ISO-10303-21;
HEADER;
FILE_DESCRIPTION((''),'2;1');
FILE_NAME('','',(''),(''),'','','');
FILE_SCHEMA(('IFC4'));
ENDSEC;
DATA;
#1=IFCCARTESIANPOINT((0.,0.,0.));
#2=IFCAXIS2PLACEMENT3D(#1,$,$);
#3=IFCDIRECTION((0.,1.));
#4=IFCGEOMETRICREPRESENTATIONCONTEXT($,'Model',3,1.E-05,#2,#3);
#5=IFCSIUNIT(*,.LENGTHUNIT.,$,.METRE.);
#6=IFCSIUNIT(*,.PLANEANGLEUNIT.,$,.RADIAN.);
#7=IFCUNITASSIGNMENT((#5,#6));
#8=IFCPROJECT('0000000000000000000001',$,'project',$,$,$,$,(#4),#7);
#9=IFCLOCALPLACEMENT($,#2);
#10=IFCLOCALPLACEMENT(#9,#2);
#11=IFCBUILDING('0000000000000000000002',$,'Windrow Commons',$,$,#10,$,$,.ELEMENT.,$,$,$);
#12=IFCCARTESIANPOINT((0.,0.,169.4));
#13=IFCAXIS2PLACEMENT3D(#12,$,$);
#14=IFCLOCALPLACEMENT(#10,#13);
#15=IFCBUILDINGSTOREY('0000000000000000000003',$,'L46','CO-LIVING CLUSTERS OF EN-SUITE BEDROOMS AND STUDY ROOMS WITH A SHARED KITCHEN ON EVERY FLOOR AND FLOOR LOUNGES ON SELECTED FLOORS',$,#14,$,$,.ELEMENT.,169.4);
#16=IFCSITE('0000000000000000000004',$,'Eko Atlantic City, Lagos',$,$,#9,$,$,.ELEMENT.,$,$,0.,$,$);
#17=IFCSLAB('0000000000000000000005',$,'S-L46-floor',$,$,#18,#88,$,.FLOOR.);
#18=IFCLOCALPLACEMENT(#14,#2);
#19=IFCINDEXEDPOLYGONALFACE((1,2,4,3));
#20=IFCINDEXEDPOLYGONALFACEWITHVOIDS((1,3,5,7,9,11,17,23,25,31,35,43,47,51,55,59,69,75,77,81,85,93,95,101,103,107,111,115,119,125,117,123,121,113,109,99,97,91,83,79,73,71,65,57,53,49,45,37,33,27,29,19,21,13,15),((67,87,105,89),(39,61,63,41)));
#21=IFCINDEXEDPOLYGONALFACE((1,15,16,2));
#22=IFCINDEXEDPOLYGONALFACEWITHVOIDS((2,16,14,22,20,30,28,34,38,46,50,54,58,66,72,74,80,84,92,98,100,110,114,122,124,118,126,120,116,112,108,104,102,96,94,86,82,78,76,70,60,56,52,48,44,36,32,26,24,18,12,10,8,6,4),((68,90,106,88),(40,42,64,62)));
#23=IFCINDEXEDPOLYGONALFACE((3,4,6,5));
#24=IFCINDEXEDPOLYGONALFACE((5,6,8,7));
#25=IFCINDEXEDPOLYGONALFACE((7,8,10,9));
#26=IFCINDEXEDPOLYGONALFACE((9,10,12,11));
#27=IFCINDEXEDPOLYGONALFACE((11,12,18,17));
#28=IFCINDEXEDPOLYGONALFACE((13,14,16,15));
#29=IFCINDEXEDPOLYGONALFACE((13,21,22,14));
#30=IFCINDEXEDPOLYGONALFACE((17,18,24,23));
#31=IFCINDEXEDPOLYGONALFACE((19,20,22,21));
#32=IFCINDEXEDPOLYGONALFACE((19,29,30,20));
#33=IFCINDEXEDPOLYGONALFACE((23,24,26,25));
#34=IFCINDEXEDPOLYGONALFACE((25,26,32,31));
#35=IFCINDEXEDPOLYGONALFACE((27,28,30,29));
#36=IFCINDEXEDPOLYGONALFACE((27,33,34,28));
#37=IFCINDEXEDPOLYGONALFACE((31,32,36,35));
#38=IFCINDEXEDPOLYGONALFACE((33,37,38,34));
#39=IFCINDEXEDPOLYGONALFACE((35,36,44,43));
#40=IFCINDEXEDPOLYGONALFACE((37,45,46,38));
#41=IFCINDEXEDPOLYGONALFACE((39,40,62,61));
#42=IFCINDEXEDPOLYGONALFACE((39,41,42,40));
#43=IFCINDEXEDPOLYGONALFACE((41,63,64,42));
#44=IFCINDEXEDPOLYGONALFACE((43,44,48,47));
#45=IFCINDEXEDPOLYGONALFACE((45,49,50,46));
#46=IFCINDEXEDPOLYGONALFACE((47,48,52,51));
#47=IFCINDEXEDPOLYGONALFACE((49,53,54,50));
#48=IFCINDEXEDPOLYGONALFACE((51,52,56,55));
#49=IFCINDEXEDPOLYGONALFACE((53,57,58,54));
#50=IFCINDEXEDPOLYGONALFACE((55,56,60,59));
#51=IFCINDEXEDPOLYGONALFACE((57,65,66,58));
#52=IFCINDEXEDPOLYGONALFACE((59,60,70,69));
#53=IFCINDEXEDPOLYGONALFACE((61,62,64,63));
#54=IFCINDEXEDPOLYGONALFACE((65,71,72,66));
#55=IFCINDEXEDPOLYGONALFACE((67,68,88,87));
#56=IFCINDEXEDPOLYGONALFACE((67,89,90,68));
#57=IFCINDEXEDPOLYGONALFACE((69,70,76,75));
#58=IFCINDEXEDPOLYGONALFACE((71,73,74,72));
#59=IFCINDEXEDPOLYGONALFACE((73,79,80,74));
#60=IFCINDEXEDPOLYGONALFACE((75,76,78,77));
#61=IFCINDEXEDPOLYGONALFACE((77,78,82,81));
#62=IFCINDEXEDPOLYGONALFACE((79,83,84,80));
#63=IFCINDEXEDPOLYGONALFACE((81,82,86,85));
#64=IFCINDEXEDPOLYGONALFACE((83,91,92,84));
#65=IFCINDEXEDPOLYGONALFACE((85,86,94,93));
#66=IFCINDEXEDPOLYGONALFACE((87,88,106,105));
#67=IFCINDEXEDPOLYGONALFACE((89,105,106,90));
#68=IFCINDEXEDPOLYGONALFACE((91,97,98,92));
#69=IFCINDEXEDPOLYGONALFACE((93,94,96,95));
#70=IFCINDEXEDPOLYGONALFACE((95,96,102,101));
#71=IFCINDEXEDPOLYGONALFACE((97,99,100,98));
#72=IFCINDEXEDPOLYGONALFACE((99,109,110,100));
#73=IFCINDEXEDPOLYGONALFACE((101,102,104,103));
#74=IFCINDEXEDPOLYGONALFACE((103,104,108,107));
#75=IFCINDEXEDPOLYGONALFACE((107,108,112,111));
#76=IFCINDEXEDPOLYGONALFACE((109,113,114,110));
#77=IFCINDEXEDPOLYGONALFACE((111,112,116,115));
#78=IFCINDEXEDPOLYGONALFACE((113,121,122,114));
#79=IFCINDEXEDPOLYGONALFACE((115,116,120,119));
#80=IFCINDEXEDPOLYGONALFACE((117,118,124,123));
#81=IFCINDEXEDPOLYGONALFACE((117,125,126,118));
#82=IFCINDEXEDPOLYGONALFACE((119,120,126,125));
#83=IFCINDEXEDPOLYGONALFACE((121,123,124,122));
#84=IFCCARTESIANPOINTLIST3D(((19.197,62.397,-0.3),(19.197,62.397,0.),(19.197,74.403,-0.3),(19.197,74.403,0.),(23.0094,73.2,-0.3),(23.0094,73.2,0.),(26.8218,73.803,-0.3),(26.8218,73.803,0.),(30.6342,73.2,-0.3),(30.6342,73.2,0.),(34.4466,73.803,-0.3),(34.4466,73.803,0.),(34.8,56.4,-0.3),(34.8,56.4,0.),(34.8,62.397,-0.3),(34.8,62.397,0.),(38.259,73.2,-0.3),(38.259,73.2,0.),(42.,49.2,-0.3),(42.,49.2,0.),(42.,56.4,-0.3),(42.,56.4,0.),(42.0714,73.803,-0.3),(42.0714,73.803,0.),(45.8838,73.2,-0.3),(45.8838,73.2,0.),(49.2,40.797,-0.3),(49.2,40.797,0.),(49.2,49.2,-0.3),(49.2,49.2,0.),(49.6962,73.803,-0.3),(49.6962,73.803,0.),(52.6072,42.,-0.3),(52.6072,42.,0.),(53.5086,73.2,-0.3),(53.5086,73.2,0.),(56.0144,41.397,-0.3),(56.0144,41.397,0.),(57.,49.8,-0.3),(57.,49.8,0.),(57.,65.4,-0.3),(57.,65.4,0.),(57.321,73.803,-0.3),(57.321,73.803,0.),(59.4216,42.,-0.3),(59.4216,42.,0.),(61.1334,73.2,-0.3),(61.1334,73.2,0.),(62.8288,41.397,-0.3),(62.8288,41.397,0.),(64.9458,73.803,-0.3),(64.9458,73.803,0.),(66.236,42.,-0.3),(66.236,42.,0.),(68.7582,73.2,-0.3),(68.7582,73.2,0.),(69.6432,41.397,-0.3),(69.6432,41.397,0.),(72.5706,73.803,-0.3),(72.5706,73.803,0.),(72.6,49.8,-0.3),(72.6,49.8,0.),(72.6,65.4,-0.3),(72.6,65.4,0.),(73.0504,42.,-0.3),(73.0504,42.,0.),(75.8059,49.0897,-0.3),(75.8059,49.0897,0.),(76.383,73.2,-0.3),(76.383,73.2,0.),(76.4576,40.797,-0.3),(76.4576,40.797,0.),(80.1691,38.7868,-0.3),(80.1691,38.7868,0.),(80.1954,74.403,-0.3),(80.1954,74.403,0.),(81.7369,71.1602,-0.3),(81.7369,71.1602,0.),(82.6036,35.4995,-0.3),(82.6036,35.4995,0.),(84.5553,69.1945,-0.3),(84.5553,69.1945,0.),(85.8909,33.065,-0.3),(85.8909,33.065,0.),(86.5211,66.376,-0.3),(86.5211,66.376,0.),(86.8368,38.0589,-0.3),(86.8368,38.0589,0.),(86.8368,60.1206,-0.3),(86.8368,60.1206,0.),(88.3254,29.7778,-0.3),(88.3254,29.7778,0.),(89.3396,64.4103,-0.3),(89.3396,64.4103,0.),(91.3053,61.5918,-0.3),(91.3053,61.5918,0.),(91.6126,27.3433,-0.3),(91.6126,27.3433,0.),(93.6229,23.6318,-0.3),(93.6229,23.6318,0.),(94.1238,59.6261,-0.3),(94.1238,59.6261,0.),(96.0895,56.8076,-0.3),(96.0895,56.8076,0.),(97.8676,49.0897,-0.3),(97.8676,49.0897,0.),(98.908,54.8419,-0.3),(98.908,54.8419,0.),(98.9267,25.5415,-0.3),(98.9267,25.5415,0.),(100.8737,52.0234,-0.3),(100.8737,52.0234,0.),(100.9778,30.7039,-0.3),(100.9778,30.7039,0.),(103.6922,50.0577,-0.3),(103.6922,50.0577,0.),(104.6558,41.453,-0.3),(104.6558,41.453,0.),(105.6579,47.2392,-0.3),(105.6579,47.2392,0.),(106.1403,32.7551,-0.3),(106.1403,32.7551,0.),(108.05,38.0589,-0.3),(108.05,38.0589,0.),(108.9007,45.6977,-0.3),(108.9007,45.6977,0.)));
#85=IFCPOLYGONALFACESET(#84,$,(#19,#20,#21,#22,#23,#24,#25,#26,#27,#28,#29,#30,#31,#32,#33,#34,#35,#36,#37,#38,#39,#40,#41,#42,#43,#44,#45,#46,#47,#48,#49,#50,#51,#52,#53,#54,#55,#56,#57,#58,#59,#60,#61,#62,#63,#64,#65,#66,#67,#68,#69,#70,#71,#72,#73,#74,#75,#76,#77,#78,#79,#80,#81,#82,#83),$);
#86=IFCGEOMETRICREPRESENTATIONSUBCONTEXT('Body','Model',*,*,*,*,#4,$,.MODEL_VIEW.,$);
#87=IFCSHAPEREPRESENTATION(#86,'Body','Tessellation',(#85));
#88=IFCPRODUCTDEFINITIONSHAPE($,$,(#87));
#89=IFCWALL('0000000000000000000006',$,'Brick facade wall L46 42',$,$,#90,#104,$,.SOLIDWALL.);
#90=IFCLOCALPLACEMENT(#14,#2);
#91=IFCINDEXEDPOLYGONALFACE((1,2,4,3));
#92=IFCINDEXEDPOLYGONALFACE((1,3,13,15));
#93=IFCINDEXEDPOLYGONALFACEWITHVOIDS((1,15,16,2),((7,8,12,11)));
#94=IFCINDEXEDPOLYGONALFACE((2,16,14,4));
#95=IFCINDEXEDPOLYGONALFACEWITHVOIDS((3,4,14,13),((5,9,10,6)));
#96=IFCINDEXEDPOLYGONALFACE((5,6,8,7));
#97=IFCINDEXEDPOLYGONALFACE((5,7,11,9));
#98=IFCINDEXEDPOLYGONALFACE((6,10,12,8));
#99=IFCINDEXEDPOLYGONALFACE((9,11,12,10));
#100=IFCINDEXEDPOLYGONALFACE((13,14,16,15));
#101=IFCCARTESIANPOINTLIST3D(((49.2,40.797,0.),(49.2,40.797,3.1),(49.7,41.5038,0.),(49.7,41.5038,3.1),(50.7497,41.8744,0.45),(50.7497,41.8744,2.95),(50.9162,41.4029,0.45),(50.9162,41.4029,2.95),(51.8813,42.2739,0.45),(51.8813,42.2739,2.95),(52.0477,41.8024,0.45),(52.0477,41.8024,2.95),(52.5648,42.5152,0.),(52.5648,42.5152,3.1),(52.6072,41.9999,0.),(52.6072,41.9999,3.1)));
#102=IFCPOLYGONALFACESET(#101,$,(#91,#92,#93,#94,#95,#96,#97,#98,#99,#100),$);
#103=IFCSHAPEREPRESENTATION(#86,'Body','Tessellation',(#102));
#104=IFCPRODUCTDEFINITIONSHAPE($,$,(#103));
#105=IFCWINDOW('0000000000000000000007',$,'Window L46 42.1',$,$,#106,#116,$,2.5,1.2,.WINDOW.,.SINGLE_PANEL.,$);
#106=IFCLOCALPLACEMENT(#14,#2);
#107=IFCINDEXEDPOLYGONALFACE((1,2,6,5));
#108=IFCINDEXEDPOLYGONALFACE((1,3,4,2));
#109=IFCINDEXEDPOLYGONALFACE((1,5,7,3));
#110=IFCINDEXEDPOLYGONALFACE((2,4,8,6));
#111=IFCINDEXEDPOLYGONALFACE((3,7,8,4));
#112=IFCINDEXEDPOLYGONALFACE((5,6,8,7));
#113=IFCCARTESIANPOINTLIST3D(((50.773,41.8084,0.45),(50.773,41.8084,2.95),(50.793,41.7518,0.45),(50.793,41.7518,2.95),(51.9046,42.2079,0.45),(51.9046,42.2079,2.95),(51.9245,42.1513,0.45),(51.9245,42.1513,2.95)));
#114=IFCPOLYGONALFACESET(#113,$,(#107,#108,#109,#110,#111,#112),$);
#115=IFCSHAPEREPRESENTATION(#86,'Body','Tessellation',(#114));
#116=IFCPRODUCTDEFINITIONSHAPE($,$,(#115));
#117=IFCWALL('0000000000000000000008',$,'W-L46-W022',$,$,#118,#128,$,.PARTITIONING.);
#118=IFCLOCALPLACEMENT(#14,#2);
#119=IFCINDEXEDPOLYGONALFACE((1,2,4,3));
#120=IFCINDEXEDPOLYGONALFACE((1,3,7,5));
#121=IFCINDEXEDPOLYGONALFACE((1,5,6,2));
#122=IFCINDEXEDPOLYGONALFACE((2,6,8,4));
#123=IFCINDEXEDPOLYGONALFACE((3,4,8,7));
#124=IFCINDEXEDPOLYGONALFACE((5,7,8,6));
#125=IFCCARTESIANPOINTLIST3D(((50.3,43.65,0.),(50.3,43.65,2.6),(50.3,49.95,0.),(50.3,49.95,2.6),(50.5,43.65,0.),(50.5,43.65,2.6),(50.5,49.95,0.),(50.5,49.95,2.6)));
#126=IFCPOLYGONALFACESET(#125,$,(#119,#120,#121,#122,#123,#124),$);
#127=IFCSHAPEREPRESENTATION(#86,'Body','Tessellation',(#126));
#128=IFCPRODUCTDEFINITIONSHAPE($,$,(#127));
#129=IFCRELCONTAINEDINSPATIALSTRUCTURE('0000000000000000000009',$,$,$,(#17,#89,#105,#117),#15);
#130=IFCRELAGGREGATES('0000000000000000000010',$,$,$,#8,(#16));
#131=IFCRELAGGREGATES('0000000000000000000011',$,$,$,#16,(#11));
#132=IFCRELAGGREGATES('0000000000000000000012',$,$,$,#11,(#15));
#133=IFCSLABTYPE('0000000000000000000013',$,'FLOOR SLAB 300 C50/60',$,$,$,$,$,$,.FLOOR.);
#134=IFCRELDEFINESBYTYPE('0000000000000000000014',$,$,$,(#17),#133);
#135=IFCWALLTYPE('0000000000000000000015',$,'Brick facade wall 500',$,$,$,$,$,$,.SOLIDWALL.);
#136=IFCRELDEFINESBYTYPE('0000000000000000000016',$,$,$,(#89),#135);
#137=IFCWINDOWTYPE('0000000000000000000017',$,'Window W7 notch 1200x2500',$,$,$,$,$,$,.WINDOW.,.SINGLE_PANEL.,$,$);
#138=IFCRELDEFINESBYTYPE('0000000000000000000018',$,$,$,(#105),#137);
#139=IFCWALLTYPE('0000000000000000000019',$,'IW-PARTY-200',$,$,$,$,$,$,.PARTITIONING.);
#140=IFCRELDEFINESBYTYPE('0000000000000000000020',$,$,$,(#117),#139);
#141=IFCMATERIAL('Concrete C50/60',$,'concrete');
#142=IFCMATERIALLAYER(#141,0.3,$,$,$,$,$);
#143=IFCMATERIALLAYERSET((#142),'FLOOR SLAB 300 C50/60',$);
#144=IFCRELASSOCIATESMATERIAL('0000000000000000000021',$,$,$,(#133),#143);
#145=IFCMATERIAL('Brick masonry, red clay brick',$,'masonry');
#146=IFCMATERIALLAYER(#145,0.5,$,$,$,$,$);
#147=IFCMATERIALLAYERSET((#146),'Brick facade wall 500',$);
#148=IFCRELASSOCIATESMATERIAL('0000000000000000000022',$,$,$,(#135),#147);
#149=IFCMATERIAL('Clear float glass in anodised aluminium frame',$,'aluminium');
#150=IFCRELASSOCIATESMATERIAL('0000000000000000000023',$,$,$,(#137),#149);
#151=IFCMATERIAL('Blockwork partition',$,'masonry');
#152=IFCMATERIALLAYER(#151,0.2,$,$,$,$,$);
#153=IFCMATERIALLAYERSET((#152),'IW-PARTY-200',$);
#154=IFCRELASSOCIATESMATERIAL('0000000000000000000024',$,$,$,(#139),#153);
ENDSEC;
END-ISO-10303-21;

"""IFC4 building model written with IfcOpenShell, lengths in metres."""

from ifc_helpers import new_model, si_unit, direction, frame, frame_2d, origin, place, context, subcontext, project, spatial, polyline, rectangle, outline, extrude, material, layer, layer_set, type_object, element, fill, save


model = new_model("IFC4")

# Units and contexts
model_context = context("Model", 3, precision=1e-05, world=origin(), true_north=direction((0.0, 1.0)))
body_context = subcontext(model_context, "Body", "Model", "MODEL_VIEW")
ifc_project = project(units=[si_unit("LENGTHUNIT", "METRE"), si_unit("PLANEANGLEUNIT", "RADIAN")], contexts=[model_context])

# Site, building, storey
site_placement = place(None, origin())
site = spatial("IfcSite", under=ifc_project, at=site_placement, Name="Eko Atlantic City, Lagos", CompositionType="ELEMENT", RefElevation=0.0)
building_placement = place(site_placement, origin())
building = spatial("IfcBuilding", under=site, at=building_placement, Name="Windrow Commons", CompositionType="ELEMENT")
storey_placement = place(building_placement, frame((0.0, 0.0, 169.4)))
storey = spatial("IfcBuildingStorey", under=building, at=storey_placement, Name="L46", Description="CO-LIVING CLUSTERS OF EN-SUITE BEDROOMS AND STUDY ROOMS WITH A SHARED KITCHEN ON EVERY FLOOR AND FLOOR LOUNGES ON SELECTED FLOORS", CompositionType="ELEMENT", Elevation=169.4)

# Shared definitions
placement_1 = place(storey_placement, frame((0.0, 0.0, -0.3)))

# Slab, openings
ifc_material_1 = material(Name="Concrete C50/60", Category="concrete")
ifc_layer_1 = layer(ifc_material_1, 0.3)
ifc_layer_set_1 = layer_set([ifc_layer_1], Name="FLOOR SLAB 300 C50/60")
slab_type_1 = type_object("IfcSlabType", Name="FLOOR SLAB 300 C50/60", PredefinedType="FLOOR", material=ifc_layer_set_1)
slab_1 = element("IfcSlab", 1, at=placement_1, inside=storey, type_object=slab_type_1, Name="S-L46-floor", PredefinedType="FLOOR", context=body_context, shape_type="SweptSolid", body=[
    extrude(outline(polyline([(91.6126, 27.3433), (93.6229, 23.6318), (98.9267, 25.5415), (100.9778, 30.7039), (106.1403, 32.7551), (108.05, 38.0589), (104.6558, 41.453), (108.9007, 45.6977), (105.6579, 47.2392), (103.6922, 50.0577), (100.8737, 52.0234), (98.908, 54.8419), (96.0895, 56.8076), (94.1238, 59.6261), (91.3053, 61.5918), (89.3396, 64.4103), (86.5211, 66.376), (84.5553, 69.1945), (81.7369, 71.1602), (80.1954, 74.403), (76.383, 73.2), (72.5706, 73.803), (68.7582, 73.2), (64.9458, 73.803), (61.1334, 73.2), (57.321, 73.803), (53.5086, 73.2), (49.6962, 73.803), (45.8838, 73.2), (42.0714, 73.803), (38.259, 73.2), (34.4466, 73.803), (30.6342, 73.2), (26.8218, 73.803), (23.0094, 73.2), (19.197, 74.403), (19.197, 62.397), (34.8, 62.397), (34.8, 56.4), (42.0, 56.4), (42.0, 49.2), (49.2, 49.2), (49.2, 40.797), (52.6072, 42.0), (56.0144, 41.397), (59.4216, 42.0), (62.8288, 41.397), (66.236, 42.0), (69.6432, 41.397), (73.0504, 42.0), (76.4576, 40.797), (80.1691, 38.7868), (82.6036, 35.4995), (85.8909, 33.065), (88.3254, 29.7778), (91.6126, 27.3433)]), holes=[polyline([(75.8059, 49.0897), (86.8368, 60.1206), (97.8676, 49.0897), (86.8368, 38.0589), (75.8059, 49.0897)]), polyline([(57.0, 49.8), (57.0, 65.4), (72.6, 65.4), (72.6, 49.8), (57.0, 49.8)])]), origin(), (0.0, 0.0, 1.0), 0.3),
])
opening_1_placement = place(placement_1, origin())
element("IfcOpeningElement", 2, at=opening_1_placement, cuts=slab_1, PredefinedType="OPENING", context=body_context, shape_type="SweptSolid", body=[
    extrude(outline(polyline([(75.813, 49.0897), (86.8368, 60.1135), (97.8605, 49.0897), (86.8368, 38.066), (75.813, 49.0897)])), origin(), (0.0, 0.0, 1.0), 0.3),
])
opening_2_placement = place(placement_1, origin())
element("IfcOpeningElement", 3, at=opening_2_placement, cuts=slab_1, PredefinedType="OPENING", context=body_context, shape_type="SweptSolid", body=[
    extrude(outline(polyline([(57.005, 49.805), (57.005, 65.395), (72.595, 65.395), (72.595, 49.805), (57.005, 49.805)])), origin(), (0.0, 0.0, 1.0), 0.3),
])

# Wall, opening, window
ifc_material_2 = material(Name="Brick masonry, red clay brick", Category="masonry")
ifc_layer_2 = layer(ifc_material_2, 0.5)
ifc_layer_set_2 = layer_set([ifc_layer_2], Name="Brick facade wall 500")
wall_type_1 = type_object("IfcWallType", Name="Brick facade wall 500", PredefinedType="SOLIDWALL", material=ifc_layer_set_2)
wall_1_placement = place(storey_placement, frame((49.45, 41.1504, 0.0), z_axis=(0.0, 0.0, 1.0), x_axis=(0.942955, 0.332921, 0.0)))
wall_1 = element("IfcWall", 4, at=wall_1_placement, inside=storey, type_object=wall_type_1, Name="Brick facade wall L46 42", PredefinedType="SOLIDWALL", context=body_context, shape_type="SweptSolid", body=[
    extrude(outline(polyline([(-0.3534, -0.25), (3.2599, -0.25), (3.3915, 0.25), (0.3534, 0.25), (-0.3534, -0.25)])), origin(), (0.0, 0.0, 1.0), 3.1),
])
opening_3_placement = place(wall_1_placement, frame((1.4666, 0.0, 0.45)))
opening_3 = element("IfcOpeningElement", 5, at=opening_3_placement, cuts=wall_1, PredefinedType="OPENING", context=body_context, shape_type="SweptSolid", body=[
    extrude(rectangle(XDim=1.2, YDim=2.5, at=frame_2d((0.6, 1.25))), frame((0.0, 0.26, 0.0), z_axis=(0.0, -1.0, 0.0), x_axis=(1.0, 0.0, 0.0)), (0.0, 0.0, 1.0), 0.52),
])
ifc_material_3 = material(Name="Clear float glass in anodised aluminium frame", Category="aluminium")
window_type = type_object("IfcWindowType", Name="Window W7 notch 1200x2500", PartitioningType="SINGLE_PANEL", PredefinedType="WINDOW", material=ifc_material_3)
window_placement = place(opening_3_placement, origin())
window = element("IfcWindow", 6, at=window_placement, inside=storey, type_object=window_type, Name="Window L46 42.1", OverallHeight=2.5, OverallWidth=1.2, PartitioningType="SINGLE_PANEL", PredefinedType="WINDOW", context=body_context, shape_type="SweptSolid", body=[
    extrude(rectangle(XDim=1.2, YDim=2.5, at=frame_2d((0.6, 1.25))), frame((0.0, 0.18, 0.0), z_axis=(0.0, -1.0, 0.0), x_axis=(1.0, 0.0, 0.0)), (0.0, 0.0, 1.0), 0.06),
])
fill(opening_3, window)

# Wall
ifc_material_4 = material(Name="Blockwork partition", Category="masonry")
ifc_layer_3 = layer(ifc_material_4, 0.2)
ifc_layer_set_3 = layer_set([ifc_layer_3], Name="IW-PARTY-200")
wall_type_2 = type_object("IfcWallType", Name="IW-PARTY-200", PredefinedType="PARTITIONING", material=ifc_layer_set_3)
wall_2_placement = place(storey_placement, frame((50.4, 43.65, 0.0), z_axis=(0.0, 0.0, 1.0), x_axis=(0.0, 1.0, 0.0)))
element("IfcWall", 7, at=wall_2_placement, inside=storey, type_object=wall_type_2, Name="W-L46-W022", PredefinedType="PARTITIONING", context=body_context, shape_type="SweptSolid", body=[
    extrude(rectangle(XDim=6.3, YDim=0.2, at=frame_2d((3.15, 0.0))), origin(), (0.0, 0.0, 1.0), 2.6),
])

save(model, "model.ifc")
